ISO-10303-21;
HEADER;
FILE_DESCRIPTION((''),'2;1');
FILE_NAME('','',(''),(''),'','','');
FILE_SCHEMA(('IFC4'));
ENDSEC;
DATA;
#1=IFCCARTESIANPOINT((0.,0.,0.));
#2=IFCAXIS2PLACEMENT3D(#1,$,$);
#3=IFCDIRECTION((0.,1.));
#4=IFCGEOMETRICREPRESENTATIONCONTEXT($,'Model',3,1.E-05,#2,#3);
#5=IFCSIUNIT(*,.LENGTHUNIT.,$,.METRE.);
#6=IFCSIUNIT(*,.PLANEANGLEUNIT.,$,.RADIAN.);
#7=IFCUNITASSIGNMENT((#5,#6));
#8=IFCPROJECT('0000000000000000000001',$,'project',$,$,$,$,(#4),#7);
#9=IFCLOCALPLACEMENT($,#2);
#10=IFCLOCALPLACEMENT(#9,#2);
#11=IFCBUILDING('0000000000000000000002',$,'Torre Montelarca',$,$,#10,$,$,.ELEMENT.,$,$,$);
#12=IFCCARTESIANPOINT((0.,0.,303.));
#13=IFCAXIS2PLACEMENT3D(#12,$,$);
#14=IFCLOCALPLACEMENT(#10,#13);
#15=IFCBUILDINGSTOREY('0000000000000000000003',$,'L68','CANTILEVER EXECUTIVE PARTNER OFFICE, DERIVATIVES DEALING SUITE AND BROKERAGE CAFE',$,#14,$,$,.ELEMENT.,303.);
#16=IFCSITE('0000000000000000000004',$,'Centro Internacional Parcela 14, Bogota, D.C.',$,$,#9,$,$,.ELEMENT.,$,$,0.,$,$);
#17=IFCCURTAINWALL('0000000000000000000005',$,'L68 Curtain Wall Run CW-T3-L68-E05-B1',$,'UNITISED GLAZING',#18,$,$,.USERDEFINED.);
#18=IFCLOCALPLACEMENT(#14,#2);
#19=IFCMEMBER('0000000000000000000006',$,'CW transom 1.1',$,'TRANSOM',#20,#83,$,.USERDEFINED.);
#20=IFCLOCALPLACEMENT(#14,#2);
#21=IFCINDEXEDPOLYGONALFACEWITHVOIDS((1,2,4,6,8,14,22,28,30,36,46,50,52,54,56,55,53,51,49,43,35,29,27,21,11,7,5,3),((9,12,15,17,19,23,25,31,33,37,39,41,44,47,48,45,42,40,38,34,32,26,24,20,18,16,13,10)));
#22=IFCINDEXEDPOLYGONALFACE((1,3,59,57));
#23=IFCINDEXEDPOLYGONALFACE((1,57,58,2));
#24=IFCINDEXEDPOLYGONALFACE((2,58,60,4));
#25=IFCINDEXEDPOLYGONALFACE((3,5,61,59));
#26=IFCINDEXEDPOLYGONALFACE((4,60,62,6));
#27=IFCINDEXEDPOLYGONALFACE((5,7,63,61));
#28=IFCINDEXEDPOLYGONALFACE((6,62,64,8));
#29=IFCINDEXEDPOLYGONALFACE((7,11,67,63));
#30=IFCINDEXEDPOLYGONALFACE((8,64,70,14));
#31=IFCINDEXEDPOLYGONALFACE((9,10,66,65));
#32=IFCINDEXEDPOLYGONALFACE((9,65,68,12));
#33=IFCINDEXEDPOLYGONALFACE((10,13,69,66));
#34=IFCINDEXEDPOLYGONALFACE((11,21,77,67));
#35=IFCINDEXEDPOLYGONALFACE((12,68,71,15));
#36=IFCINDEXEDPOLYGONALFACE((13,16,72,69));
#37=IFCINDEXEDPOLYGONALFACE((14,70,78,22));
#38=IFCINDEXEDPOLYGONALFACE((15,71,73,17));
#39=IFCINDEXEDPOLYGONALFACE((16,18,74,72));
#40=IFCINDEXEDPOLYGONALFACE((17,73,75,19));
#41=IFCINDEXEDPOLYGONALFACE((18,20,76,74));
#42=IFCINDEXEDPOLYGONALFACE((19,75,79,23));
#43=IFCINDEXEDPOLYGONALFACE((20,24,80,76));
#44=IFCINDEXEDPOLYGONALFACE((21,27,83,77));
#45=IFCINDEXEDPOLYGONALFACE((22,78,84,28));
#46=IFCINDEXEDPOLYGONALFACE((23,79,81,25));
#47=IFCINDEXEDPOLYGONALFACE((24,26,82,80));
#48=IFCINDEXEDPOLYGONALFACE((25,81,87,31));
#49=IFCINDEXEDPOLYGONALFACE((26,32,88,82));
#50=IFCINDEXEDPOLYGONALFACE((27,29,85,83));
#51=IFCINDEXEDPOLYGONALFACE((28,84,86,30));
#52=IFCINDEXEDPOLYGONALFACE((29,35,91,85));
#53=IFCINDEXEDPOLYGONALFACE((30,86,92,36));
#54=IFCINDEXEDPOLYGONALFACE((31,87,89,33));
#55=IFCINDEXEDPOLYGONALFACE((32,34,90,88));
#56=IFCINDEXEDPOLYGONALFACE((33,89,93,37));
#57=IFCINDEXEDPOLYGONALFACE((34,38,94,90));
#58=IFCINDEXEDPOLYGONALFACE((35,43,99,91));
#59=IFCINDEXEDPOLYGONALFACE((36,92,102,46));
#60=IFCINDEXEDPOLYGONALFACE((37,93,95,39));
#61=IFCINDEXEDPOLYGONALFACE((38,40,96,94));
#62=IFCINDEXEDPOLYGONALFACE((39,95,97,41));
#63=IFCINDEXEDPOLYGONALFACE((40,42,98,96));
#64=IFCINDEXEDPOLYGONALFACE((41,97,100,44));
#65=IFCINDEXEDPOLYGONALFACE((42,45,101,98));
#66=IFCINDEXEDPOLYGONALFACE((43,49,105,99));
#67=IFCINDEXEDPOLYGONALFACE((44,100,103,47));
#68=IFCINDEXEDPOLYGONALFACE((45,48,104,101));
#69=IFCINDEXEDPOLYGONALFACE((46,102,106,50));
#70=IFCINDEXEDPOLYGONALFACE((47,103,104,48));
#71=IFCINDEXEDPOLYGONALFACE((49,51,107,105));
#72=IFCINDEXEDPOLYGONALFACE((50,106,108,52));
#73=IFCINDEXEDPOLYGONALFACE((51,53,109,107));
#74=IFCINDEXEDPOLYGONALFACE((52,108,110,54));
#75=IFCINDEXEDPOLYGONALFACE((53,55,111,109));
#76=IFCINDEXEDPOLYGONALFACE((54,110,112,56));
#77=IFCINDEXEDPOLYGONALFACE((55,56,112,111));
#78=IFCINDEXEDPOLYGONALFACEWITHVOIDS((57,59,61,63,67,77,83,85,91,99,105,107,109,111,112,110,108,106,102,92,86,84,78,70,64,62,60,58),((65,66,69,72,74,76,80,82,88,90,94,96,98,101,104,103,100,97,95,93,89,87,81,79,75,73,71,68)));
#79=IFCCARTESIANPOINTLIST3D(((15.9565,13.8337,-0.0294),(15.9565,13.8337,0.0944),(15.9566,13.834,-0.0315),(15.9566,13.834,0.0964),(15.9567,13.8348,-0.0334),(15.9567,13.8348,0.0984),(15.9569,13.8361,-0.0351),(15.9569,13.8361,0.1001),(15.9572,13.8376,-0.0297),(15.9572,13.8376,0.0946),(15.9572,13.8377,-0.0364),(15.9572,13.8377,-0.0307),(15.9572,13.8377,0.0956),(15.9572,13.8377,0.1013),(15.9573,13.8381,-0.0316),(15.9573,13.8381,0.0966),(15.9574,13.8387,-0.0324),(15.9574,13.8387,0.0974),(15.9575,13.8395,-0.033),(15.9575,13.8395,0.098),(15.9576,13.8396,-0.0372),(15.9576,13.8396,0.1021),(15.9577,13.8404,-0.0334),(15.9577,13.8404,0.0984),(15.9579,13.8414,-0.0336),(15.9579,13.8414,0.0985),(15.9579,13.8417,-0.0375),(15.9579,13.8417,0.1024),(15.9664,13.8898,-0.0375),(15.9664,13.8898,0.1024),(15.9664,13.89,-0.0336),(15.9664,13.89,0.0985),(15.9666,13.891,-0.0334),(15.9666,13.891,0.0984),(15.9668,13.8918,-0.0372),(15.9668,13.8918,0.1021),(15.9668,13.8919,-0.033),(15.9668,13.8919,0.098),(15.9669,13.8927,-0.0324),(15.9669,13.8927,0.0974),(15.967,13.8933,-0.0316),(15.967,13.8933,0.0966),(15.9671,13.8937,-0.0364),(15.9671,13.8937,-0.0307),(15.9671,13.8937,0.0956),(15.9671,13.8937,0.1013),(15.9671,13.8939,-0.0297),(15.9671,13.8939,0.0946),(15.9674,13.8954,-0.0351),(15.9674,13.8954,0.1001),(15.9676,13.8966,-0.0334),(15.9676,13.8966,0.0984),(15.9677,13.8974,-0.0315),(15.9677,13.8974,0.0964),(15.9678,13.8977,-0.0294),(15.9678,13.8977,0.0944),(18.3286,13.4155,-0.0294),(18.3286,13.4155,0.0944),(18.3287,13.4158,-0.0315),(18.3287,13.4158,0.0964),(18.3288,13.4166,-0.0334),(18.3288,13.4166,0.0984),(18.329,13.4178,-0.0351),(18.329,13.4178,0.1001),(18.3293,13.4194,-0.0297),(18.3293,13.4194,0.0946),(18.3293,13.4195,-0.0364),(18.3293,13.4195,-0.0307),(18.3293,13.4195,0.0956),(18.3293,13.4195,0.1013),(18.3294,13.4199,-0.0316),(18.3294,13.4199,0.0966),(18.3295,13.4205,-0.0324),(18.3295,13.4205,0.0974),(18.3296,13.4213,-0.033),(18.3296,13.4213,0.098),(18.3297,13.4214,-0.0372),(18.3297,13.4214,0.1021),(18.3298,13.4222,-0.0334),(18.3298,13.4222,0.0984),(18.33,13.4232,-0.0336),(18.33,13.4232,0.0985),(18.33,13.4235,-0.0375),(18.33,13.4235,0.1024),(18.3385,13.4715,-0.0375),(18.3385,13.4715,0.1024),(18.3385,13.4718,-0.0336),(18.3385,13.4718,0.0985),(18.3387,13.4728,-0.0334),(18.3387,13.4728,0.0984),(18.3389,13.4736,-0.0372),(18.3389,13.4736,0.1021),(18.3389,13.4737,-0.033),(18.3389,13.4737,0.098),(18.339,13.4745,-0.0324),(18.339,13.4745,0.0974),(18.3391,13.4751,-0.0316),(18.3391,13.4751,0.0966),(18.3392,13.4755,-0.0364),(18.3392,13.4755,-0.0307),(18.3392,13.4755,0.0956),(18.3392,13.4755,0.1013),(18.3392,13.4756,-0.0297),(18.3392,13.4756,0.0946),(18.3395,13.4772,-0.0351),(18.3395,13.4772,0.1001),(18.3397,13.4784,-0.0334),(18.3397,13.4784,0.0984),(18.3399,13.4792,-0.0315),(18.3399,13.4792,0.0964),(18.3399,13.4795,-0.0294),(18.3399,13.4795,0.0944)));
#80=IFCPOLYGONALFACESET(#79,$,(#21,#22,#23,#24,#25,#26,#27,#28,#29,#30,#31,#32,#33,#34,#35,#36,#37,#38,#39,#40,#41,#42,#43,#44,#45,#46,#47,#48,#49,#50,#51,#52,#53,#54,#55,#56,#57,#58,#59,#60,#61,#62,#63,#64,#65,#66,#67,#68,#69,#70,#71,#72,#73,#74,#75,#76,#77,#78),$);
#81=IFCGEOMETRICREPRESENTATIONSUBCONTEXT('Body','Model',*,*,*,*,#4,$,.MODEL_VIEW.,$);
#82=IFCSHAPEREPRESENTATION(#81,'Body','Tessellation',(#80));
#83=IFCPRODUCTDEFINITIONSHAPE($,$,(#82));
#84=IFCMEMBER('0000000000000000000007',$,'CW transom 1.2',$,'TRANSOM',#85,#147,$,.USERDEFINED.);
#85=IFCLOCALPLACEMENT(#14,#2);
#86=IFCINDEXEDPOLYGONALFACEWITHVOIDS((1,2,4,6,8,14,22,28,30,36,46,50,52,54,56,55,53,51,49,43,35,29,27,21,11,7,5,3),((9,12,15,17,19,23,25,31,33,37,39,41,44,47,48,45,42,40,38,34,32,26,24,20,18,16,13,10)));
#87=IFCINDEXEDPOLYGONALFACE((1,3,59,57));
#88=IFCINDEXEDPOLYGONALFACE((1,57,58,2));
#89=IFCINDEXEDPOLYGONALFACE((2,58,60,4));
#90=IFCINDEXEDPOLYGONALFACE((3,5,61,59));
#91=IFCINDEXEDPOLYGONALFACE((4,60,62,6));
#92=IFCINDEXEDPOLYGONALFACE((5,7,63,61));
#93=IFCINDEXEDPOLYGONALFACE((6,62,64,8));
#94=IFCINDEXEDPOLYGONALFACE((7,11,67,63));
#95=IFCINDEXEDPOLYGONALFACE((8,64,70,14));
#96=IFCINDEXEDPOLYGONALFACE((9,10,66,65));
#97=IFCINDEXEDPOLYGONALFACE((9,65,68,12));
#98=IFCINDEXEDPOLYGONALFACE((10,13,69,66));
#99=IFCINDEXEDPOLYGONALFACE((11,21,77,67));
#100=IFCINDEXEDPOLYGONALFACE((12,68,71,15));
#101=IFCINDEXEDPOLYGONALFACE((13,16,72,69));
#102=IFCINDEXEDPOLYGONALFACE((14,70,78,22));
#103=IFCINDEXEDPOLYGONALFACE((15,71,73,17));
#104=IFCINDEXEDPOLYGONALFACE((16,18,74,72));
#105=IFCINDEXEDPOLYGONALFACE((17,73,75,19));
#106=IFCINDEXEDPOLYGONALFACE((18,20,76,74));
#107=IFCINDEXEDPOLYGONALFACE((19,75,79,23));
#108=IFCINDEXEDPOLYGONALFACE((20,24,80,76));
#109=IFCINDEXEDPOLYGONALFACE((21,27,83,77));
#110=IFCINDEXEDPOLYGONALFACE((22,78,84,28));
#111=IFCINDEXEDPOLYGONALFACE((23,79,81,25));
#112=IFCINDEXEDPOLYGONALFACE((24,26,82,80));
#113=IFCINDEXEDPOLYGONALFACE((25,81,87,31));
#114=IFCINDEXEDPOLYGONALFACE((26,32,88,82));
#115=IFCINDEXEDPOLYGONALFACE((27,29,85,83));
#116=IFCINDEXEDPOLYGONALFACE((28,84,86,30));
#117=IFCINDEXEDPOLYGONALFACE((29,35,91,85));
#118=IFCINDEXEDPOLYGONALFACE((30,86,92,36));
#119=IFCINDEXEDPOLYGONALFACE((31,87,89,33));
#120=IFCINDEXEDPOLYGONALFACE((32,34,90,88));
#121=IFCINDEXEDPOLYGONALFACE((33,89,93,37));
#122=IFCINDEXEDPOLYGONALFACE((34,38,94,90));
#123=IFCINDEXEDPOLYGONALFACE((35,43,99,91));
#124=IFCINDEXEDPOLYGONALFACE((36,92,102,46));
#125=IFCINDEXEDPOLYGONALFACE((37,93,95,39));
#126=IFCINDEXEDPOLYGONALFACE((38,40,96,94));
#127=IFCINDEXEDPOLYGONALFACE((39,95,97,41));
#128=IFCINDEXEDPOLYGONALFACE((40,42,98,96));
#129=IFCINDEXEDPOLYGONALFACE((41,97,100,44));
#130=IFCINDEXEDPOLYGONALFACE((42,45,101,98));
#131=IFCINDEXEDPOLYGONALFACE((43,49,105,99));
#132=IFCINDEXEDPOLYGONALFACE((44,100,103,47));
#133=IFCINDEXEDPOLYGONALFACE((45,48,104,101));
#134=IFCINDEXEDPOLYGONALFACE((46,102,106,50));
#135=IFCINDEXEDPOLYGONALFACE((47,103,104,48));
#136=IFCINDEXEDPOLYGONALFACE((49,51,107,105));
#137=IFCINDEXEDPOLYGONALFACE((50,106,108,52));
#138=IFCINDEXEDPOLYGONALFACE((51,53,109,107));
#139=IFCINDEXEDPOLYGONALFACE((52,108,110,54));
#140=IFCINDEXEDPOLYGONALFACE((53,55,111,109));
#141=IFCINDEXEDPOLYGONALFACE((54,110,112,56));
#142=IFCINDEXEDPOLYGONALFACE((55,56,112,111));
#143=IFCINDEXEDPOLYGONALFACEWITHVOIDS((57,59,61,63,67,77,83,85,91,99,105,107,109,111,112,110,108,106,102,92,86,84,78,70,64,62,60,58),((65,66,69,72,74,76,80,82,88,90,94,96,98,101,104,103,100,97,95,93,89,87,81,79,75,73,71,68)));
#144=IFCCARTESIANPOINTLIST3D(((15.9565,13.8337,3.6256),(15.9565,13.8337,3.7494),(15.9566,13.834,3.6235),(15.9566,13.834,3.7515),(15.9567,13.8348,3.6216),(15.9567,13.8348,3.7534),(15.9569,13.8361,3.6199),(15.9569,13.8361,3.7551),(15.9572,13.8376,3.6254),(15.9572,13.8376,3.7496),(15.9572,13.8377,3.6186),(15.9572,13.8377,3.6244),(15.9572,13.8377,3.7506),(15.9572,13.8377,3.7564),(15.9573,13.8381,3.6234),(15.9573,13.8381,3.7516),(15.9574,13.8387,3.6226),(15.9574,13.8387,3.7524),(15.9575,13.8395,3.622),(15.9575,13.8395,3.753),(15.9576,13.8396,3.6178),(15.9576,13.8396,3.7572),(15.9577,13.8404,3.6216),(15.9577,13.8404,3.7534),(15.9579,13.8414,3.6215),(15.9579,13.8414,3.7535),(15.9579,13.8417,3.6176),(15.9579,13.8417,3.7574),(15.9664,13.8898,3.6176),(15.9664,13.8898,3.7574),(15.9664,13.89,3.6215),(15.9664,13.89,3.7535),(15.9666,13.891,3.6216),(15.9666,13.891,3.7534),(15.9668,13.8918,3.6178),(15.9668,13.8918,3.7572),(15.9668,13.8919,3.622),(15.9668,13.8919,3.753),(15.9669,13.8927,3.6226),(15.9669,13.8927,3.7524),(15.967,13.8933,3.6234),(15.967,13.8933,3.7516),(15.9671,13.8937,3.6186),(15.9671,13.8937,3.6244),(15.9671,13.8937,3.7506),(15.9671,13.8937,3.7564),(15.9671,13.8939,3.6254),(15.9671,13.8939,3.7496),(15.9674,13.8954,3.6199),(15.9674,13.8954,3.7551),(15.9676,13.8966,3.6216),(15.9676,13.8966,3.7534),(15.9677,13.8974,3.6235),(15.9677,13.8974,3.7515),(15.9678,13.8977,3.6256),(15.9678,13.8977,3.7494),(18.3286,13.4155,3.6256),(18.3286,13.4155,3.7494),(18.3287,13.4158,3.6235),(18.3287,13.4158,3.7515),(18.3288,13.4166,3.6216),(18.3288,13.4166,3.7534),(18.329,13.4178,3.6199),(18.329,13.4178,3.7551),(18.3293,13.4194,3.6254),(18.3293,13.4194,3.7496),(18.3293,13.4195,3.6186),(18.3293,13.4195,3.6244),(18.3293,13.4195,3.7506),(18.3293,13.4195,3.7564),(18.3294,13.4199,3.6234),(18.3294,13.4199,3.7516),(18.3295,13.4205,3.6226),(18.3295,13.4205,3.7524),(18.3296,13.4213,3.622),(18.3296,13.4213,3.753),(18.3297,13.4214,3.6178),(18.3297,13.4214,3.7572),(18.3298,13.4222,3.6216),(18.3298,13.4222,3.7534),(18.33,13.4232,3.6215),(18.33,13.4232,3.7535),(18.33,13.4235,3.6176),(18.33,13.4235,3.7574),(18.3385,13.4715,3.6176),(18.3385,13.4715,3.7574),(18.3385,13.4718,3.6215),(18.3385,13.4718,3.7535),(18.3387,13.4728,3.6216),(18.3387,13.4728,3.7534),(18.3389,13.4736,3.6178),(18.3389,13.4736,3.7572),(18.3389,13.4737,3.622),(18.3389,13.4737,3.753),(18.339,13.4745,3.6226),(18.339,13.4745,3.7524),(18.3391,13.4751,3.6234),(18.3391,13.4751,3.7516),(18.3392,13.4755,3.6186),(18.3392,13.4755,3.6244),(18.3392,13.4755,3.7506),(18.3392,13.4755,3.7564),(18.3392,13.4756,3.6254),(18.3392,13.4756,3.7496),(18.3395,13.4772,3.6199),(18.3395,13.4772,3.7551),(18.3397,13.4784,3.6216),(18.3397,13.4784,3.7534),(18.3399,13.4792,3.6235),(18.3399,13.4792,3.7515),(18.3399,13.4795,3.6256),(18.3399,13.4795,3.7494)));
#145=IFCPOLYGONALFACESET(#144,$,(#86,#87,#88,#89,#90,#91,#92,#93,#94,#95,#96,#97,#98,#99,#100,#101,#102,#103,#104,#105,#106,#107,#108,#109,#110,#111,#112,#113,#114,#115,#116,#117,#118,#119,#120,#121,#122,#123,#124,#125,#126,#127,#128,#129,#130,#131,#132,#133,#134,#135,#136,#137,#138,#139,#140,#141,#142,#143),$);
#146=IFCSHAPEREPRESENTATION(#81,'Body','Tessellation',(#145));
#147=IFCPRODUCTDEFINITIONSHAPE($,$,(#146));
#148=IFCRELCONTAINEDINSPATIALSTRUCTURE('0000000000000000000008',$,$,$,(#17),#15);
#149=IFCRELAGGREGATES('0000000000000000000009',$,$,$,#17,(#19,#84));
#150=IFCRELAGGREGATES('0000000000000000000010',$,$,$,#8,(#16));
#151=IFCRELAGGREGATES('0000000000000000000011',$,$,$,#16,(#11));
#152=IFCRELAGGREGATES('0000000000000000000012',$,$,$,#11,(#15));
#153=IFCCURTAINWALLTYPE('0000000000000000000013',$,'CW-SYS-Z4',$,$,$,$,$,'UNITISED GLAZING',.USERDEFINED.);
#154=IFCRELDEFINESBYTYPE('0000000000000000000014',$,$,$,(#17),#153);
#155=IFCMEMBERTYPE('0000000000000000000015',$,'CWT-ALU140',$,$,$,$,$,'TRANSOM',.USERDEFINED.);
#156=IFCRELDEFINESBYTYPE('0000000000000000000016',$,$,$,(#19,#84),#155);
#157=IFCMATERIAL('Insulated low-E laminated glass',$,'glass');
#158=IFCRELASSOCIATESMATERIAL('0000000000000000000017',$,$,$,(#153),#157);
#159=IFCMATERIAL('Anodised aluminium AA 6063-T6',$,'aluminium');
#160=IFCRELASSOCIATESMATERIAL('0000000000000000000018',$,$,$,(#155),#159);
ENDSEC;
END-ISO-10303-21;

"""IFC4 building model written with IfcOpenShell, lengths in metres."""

from ifc_helpers import new_model, si_unit, direction, frame, origin, origin_2d, place, context, subcontext, project, spatial, hollow_rectangle, extrude, source, transform, mapped, material, material_profile, profile_set, type_object, element, aggregate, save


model = new_model("IFC4")

# Units and contexts
model_context = context("Model", 3, precision=1e-05, world=origin(), true_north=direction((0.0, 1.0)))
body_context = subcontext(model_context, "Body", "Model", "MODEL_VIEW")
ifc_project = project(units=[si_unit("LENGTHUNIT", "METRE"), si_unit("PLANEANGLEUNIT", "RADIAN")], contexts=[model_context])

# Site, building, storey
site_placement = place(None, origin())
site = spatial("IfcSite", under=ifc_project, at=site_placement, Name="Centro Internacional Parcela 14, Bogota, D.C.", CompositionType="ELEMENT", RefElevation=0.0)
building_placement = place(site_placement, origin())
building = spatial("IfcBuilding", under=site, at=building_placement, Name="Torre Montelarca", CompositionType="ELEMENT")
storey_placement = place(building_placement, frame((0.0, 0.0, 303.0)))
storey = spatial("IfcBuildingStorey", under=building, at=storey_placement, Name="L68", Description="CANTILEVER EXECUTIVE PARTNER OFFICE, DERIVATIVES DEALING SUITE AND BROKERAGE CAFE", CompositionType="ELEMENT", Elevation=303.0)

# Shared definitions
ifc_material_1 = material(Name="Insulated low-E laminated glass", Category="glass")
curtain_wall_type = type_object("IfcCurtainWallType", Name="CW-SYS-Z4", ElementType="UNITISED GLAZING", PredefinedType="USERDEFINED", material=ifc_material_1)
ifc_material_2 = material(Name="Anodised aluminium AA 6063-T6", Category="aluminium")
ifc_material_profile_1 = material_profile(ifc_material_2, hollow_rectangle(XDim=0.0649, YDim=0.1399, WallThickness=0.0039, InnerFilletRadius=0.0039, OuterFilletRadius=0.0081, at=origin_2d()), Name="ALU65X140X4", Category="aluminium")
ifc_profile_set_1 = profile_set([ifc_material_profile_1], Name="Anodised aluminium AA 6063-T6")
member_type_1 = type_object("IfcMemberType", Name="CWT-ALU140", ElementType="TRANSOM", PredefinedType="USERDEFINED", material=ifc_profile_set_1)

# Curtain wall
curtain_wall_1_placement = place(storey_placement, origin())
curtain_wall_1 = element("IfcCurtainWall", 1, at=curtain_wall_1_placement, inside=storey, type_object=curtain_wall_type, Name="L68 Curtain Wall Run CW-T3-L68-E05-B1", ObjectType="UNITISED GLAZING", PredefinedType="USERDEFINED")

# Members
shared_shape_1 = source(origin(), body_context, "Body", "SweptSolid", [
    extrude(hollow_rectangle(XDim=0.0649, YDim=0.1399, WallThickness=0.0039, InnerFilletRadius=0.0039, OuterFilletRadius=0.0081, at=origin_2d()), origin(), (0.0, 0.0, 1.0), 2.4087),
])
member_1_placement = place(storey_placement, frame((15.9622, 13.8657, 0.0325), z_axis=(0.984811, -0.173629, 0.0), x_axis=(0.173629, 0.984811, 0.0)))
member_1 = element("IfcMember", 2, at=member_1_placement, type_object=member_type_1, Name="CW transom 1.1", ObjectType="TRANSOM", PredefinedType="USERDEFINED", context=body_context, shape_type="MappedRepresentation", body=[
    mapped(shared_shape_1, transform((0.0, 0.0, 0.0), scale=1.0)),
])
member_2_placement = place(storey_placement, frame((15.9622, 13.8657, 3.6875), z_axis=(0.984811, -0.173629, 0.0), x_axis=(0.173629, 0.984811, 0.0)))
member_2 = element("IfcMember", 3, at=member_2_placement, type_object=member_type_1, Name="CW transom 1.2", ObjectType="TRANSOM", PredefinedType="USERDEFINED", context=body_context, shape_type="MappedRepresentation", body=[
    mapped(shared_shape_1, transform((0.0, 0.0, 0.0), scale=1.0)),
])

aggregate(curtain_wall_1, [member_1, member_2])

save(model, "model.ifc")
